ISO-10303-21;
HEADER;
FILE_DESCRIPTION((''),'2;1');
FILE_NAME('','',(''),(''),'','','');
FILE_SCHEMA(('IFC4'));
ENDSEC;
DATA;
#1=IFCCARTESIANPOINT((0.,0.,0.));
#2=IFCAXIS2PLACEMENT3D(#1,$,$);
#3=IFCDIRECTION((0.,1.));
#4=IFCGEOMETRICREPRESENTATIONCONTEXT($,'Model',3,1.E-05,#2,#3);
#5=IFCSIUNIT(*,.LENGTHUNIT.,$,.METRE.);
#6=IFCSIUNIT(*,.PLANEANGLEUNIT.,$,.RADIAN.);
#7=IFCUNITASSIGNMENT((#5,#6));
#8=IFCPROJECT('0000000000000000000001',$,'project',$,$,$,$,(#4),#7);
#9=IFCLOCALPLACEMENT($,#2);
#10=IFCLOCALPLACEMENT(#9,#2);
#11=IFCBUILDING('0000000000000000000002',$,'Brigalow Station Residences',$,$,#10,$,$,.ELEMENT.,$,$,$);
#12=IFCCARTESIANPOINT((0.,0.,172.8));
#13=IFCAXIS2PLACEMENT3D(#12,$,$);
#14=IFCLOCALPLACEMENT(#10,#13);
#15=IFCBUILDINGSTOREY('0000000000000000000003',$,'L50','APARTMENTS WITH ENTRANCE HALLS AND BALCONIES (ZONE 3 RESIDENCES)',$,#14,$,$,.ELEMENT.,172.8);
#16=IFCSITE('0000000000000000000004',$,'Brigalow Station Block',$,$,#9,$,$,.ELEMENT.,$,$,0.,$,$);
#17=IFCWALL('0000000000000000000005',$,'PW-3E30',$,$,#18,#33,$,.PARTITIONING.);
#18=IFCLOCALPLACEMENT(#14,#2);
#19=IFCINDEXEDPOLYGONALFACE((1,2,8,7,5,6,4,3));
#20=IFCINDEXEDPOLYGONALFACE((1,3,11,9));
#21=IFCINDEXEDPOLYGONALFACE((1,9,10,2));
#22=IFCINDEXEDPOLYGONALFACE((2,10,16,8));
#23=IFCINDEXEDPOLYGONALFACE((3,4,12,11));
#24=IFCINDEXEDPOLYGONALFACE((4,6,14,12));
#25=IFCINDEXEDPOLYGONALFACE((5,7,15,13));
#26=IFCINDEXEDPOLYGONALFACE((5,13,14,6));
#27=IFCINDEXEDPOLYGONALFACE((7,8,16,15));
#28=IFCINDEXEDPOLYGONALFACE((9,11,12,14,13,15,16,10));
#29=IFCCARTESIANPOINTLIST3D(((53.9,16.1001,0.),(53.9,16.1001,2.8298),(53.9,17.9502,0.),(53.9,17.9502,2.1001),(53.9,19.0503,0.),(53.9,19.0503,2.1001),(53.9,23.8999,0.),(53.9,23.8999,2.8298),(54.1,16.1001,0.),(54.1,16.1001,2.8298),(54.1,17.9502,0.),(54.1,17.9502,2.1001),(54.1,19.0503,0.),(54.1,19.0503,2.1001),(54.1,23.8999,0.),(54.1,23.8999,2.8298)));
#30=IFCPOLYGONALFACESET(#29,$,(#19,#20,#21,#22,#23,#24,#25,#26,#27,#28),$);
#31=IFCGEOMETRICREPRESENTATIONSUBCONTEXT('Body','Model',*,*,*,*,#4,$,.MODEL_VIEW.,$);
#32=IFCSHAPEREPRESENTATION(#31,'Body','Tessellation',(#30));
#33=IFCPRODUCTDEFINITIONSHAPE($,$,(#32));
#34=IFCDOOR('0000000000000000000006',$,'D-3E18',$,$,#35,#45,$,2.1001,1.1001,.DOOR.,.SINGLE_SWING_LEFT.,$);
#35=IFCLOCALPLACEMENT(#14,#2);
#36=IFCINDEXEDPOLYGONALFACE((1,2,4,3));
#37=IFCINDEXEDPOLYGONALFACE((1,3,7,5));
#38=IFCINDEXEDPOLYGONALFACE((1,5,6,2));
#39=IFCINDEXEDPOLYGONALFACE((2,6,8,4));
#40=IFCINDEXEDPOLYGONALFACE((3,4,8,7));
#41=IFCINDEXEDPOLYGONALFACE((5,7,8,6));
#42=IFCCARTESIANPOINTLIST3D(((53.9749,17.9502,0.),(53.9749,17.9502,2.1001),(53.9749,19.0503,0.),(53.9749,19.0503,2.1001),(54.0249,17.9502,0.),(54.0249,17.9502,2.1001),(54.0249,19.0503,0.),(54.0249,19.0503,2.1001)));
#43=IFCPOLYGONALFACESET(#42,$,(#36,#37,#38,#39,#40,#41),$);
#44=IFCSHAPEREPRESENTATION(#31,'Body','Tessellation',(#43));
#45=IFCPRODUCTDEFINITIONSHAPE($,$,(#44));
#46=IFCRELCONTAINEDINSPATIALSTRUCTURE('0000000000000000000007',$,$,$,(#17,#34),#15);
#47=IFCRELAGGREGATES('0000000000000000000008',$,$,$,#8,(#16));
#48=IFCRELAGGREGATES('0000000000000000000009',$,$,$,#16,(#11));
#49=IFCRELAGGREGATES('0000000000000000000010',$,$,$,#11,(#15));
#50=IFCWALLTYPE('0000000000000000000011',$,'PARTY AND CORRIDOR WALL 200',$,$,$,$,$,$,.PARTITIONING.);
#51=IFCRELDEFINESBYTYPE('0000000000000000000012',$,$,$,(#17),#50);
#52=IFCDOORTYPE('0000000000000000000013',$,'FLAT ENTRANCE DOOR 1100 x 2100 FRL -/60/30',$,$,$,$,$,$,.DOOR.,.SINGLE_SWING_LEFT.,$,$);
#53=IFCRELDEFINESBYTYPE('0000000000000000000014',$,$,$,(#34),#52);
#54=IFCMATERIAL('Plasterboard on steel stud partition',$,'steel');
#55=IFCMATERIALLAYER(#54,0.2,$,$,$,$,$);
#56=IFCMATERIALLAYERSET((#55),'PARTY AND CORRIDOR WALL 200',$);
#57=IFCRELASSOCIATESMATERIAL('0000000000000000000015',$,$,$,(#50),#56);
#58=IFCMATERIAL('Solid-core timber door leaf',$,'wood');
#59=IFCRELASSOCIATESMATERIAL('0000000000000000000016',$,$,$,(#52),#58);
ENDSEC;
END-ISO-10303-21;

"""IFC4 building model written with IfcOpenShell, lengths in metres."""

from ifc_helpers import new_model, si_unit, direction, frame, frame_2d, origin, place, context, subcontext, project, spatial, rectangle, extrude, material, layer, layer_set, type_object, element, fill, save


model = new_model("IFC4")

# Units and contexts
model_context = context("Model", 3, precision=1e-05, world=origin(), true_north=direction((0.0, 1.0)))
body_context = subcontext(model_context, "Body", "Model", "MODEL_VIEW")
ifc_project = project(units=[si_unit("LENGTHUNIT", "METRE"), si_unit("PLANEANGLEUNIT", "RADIAN")], contexts=[model_context])

# Site, building, storey
site_placement = place(None, origin())
site = spatial("IfcSite", under=ifc_project, at=site_placement, Name="Brigalow Station Block", CompositionType="ELEMENT", RefElevation=0.0)
building_placement = place(site_placement, origin())
building = spatial("IfcBuilding", under=site, at=building_placement, Name="Brigalow Station Residences", CompositionType="ELEMENT")
storey_placement = place(building_placement, frame((0.0, 0.0, 172.8)))
storey = spatial("IfcBuildingStorey", under=building, at=storey_placement, Name="L50", Description="APARTMENTS WITH ENTRANCE HALLS AND BALCONIES (ZONE 3 RESIDENCES)", CompositionType="ELEMENT", Elevation=172.8)

# Wall, opening, door
ifc_material_1 = material(Name="Plasterboard on steel stud partition", Category="steel")
ifc_layer_1 = layer(ifc_material_1, 0.2)
ifc_layer_set_1 = layer_set([ifc_layer_1], Name="PARTY AND CORRIDOR WALL 200")
wall_type_1 = type_object("IfcWallType", Name="PARTY AND CORRIDOR WALL 200", PredefinedType="PARTITIONING", material=ifc_layer_set_1)
wall_1_placement = place(storey_placement, frame((54.0, 16.1001, 0.0), z_axis=(0.0, 0.0, 1.0), x_axis=(0.0, 1.0, 0.0)))
wall_1 = element("IfcWall", 1, at=wall_1_placement, inside=storey, type_object=wall_type_1, Name="PW-3E30", PredefinedType="PARTITIONING", context=body_context, shape_type="SweptSolid", body=[
    extrude(rectangle(XDim=7.7998, YDim=0.2, at=frame_2d((3.8999, 0.0))), origin(), (0.0, 0.0, 1.0), 2.8298),
])
opening_1_placement = place(wall_1_placement, frame((1.8501, 0.0, 0.0)))
opening_1 = element("IfcOpeningElement", 2, at=opening_1_placement, cuts=wall_1, PredefinedType="OPENING", context=body_context, shape_type="SweptSolid", body=[
    extrude(rectangle(XDim=1.1001, YDim=2.1001, at=frame_2d((0.55, 1.05))), frame((0.0, 0.1099, 0.0), z_axis=(0.0, -1.0, 0.0), x_axis=(1.0, 0.0, 0.0)), (0.0, 0.0, 1.0), 0.22),
])
ifc_material_2 = material(Name="Solid-core timber door leaf", Category="wood")
door_type_1 = type_object("IfcDoorType", Name="FLAT ENTRANCE DOOR 1100 x 2100 FRL -/60/30", OperationType="SINGLE_SWING_LEFT", PredefinedType="DOOR", material=ifc_material_2)
door_1_placement = place(opening_1_placement, frame((1.1001, 0.0, 0.0), z_axis=(0.0, 0.0, 1.0), x_axis=(-1.0, 0.0, 0.0)))
door_1 = element("IfcDoor", 3, at=door_1_placement, inside=storey, type_object=door_type_1, Name="D-3E18", OperationType="SINGLE_SWING_LEFT", OverallHeight=2.1001, OverallWidth=1.1001, PredefinedType="DOOR", context=body_context, shape_type="SweptSolid", body=[
    extrude(rectangle(XDim=1.1001, YDim=2.1001, at=frame_2d((0.55, 1.05))), frame((0.0, 0.0249, 0.0), z_axis=(0.0, -1.0, 0.0), x_axis=(1.0, 0.0, 0.0)), (0.0, 0.0, 1.0), 0.05),
])
fill(opening_1, door_1)

save(model, "model.ifc")
